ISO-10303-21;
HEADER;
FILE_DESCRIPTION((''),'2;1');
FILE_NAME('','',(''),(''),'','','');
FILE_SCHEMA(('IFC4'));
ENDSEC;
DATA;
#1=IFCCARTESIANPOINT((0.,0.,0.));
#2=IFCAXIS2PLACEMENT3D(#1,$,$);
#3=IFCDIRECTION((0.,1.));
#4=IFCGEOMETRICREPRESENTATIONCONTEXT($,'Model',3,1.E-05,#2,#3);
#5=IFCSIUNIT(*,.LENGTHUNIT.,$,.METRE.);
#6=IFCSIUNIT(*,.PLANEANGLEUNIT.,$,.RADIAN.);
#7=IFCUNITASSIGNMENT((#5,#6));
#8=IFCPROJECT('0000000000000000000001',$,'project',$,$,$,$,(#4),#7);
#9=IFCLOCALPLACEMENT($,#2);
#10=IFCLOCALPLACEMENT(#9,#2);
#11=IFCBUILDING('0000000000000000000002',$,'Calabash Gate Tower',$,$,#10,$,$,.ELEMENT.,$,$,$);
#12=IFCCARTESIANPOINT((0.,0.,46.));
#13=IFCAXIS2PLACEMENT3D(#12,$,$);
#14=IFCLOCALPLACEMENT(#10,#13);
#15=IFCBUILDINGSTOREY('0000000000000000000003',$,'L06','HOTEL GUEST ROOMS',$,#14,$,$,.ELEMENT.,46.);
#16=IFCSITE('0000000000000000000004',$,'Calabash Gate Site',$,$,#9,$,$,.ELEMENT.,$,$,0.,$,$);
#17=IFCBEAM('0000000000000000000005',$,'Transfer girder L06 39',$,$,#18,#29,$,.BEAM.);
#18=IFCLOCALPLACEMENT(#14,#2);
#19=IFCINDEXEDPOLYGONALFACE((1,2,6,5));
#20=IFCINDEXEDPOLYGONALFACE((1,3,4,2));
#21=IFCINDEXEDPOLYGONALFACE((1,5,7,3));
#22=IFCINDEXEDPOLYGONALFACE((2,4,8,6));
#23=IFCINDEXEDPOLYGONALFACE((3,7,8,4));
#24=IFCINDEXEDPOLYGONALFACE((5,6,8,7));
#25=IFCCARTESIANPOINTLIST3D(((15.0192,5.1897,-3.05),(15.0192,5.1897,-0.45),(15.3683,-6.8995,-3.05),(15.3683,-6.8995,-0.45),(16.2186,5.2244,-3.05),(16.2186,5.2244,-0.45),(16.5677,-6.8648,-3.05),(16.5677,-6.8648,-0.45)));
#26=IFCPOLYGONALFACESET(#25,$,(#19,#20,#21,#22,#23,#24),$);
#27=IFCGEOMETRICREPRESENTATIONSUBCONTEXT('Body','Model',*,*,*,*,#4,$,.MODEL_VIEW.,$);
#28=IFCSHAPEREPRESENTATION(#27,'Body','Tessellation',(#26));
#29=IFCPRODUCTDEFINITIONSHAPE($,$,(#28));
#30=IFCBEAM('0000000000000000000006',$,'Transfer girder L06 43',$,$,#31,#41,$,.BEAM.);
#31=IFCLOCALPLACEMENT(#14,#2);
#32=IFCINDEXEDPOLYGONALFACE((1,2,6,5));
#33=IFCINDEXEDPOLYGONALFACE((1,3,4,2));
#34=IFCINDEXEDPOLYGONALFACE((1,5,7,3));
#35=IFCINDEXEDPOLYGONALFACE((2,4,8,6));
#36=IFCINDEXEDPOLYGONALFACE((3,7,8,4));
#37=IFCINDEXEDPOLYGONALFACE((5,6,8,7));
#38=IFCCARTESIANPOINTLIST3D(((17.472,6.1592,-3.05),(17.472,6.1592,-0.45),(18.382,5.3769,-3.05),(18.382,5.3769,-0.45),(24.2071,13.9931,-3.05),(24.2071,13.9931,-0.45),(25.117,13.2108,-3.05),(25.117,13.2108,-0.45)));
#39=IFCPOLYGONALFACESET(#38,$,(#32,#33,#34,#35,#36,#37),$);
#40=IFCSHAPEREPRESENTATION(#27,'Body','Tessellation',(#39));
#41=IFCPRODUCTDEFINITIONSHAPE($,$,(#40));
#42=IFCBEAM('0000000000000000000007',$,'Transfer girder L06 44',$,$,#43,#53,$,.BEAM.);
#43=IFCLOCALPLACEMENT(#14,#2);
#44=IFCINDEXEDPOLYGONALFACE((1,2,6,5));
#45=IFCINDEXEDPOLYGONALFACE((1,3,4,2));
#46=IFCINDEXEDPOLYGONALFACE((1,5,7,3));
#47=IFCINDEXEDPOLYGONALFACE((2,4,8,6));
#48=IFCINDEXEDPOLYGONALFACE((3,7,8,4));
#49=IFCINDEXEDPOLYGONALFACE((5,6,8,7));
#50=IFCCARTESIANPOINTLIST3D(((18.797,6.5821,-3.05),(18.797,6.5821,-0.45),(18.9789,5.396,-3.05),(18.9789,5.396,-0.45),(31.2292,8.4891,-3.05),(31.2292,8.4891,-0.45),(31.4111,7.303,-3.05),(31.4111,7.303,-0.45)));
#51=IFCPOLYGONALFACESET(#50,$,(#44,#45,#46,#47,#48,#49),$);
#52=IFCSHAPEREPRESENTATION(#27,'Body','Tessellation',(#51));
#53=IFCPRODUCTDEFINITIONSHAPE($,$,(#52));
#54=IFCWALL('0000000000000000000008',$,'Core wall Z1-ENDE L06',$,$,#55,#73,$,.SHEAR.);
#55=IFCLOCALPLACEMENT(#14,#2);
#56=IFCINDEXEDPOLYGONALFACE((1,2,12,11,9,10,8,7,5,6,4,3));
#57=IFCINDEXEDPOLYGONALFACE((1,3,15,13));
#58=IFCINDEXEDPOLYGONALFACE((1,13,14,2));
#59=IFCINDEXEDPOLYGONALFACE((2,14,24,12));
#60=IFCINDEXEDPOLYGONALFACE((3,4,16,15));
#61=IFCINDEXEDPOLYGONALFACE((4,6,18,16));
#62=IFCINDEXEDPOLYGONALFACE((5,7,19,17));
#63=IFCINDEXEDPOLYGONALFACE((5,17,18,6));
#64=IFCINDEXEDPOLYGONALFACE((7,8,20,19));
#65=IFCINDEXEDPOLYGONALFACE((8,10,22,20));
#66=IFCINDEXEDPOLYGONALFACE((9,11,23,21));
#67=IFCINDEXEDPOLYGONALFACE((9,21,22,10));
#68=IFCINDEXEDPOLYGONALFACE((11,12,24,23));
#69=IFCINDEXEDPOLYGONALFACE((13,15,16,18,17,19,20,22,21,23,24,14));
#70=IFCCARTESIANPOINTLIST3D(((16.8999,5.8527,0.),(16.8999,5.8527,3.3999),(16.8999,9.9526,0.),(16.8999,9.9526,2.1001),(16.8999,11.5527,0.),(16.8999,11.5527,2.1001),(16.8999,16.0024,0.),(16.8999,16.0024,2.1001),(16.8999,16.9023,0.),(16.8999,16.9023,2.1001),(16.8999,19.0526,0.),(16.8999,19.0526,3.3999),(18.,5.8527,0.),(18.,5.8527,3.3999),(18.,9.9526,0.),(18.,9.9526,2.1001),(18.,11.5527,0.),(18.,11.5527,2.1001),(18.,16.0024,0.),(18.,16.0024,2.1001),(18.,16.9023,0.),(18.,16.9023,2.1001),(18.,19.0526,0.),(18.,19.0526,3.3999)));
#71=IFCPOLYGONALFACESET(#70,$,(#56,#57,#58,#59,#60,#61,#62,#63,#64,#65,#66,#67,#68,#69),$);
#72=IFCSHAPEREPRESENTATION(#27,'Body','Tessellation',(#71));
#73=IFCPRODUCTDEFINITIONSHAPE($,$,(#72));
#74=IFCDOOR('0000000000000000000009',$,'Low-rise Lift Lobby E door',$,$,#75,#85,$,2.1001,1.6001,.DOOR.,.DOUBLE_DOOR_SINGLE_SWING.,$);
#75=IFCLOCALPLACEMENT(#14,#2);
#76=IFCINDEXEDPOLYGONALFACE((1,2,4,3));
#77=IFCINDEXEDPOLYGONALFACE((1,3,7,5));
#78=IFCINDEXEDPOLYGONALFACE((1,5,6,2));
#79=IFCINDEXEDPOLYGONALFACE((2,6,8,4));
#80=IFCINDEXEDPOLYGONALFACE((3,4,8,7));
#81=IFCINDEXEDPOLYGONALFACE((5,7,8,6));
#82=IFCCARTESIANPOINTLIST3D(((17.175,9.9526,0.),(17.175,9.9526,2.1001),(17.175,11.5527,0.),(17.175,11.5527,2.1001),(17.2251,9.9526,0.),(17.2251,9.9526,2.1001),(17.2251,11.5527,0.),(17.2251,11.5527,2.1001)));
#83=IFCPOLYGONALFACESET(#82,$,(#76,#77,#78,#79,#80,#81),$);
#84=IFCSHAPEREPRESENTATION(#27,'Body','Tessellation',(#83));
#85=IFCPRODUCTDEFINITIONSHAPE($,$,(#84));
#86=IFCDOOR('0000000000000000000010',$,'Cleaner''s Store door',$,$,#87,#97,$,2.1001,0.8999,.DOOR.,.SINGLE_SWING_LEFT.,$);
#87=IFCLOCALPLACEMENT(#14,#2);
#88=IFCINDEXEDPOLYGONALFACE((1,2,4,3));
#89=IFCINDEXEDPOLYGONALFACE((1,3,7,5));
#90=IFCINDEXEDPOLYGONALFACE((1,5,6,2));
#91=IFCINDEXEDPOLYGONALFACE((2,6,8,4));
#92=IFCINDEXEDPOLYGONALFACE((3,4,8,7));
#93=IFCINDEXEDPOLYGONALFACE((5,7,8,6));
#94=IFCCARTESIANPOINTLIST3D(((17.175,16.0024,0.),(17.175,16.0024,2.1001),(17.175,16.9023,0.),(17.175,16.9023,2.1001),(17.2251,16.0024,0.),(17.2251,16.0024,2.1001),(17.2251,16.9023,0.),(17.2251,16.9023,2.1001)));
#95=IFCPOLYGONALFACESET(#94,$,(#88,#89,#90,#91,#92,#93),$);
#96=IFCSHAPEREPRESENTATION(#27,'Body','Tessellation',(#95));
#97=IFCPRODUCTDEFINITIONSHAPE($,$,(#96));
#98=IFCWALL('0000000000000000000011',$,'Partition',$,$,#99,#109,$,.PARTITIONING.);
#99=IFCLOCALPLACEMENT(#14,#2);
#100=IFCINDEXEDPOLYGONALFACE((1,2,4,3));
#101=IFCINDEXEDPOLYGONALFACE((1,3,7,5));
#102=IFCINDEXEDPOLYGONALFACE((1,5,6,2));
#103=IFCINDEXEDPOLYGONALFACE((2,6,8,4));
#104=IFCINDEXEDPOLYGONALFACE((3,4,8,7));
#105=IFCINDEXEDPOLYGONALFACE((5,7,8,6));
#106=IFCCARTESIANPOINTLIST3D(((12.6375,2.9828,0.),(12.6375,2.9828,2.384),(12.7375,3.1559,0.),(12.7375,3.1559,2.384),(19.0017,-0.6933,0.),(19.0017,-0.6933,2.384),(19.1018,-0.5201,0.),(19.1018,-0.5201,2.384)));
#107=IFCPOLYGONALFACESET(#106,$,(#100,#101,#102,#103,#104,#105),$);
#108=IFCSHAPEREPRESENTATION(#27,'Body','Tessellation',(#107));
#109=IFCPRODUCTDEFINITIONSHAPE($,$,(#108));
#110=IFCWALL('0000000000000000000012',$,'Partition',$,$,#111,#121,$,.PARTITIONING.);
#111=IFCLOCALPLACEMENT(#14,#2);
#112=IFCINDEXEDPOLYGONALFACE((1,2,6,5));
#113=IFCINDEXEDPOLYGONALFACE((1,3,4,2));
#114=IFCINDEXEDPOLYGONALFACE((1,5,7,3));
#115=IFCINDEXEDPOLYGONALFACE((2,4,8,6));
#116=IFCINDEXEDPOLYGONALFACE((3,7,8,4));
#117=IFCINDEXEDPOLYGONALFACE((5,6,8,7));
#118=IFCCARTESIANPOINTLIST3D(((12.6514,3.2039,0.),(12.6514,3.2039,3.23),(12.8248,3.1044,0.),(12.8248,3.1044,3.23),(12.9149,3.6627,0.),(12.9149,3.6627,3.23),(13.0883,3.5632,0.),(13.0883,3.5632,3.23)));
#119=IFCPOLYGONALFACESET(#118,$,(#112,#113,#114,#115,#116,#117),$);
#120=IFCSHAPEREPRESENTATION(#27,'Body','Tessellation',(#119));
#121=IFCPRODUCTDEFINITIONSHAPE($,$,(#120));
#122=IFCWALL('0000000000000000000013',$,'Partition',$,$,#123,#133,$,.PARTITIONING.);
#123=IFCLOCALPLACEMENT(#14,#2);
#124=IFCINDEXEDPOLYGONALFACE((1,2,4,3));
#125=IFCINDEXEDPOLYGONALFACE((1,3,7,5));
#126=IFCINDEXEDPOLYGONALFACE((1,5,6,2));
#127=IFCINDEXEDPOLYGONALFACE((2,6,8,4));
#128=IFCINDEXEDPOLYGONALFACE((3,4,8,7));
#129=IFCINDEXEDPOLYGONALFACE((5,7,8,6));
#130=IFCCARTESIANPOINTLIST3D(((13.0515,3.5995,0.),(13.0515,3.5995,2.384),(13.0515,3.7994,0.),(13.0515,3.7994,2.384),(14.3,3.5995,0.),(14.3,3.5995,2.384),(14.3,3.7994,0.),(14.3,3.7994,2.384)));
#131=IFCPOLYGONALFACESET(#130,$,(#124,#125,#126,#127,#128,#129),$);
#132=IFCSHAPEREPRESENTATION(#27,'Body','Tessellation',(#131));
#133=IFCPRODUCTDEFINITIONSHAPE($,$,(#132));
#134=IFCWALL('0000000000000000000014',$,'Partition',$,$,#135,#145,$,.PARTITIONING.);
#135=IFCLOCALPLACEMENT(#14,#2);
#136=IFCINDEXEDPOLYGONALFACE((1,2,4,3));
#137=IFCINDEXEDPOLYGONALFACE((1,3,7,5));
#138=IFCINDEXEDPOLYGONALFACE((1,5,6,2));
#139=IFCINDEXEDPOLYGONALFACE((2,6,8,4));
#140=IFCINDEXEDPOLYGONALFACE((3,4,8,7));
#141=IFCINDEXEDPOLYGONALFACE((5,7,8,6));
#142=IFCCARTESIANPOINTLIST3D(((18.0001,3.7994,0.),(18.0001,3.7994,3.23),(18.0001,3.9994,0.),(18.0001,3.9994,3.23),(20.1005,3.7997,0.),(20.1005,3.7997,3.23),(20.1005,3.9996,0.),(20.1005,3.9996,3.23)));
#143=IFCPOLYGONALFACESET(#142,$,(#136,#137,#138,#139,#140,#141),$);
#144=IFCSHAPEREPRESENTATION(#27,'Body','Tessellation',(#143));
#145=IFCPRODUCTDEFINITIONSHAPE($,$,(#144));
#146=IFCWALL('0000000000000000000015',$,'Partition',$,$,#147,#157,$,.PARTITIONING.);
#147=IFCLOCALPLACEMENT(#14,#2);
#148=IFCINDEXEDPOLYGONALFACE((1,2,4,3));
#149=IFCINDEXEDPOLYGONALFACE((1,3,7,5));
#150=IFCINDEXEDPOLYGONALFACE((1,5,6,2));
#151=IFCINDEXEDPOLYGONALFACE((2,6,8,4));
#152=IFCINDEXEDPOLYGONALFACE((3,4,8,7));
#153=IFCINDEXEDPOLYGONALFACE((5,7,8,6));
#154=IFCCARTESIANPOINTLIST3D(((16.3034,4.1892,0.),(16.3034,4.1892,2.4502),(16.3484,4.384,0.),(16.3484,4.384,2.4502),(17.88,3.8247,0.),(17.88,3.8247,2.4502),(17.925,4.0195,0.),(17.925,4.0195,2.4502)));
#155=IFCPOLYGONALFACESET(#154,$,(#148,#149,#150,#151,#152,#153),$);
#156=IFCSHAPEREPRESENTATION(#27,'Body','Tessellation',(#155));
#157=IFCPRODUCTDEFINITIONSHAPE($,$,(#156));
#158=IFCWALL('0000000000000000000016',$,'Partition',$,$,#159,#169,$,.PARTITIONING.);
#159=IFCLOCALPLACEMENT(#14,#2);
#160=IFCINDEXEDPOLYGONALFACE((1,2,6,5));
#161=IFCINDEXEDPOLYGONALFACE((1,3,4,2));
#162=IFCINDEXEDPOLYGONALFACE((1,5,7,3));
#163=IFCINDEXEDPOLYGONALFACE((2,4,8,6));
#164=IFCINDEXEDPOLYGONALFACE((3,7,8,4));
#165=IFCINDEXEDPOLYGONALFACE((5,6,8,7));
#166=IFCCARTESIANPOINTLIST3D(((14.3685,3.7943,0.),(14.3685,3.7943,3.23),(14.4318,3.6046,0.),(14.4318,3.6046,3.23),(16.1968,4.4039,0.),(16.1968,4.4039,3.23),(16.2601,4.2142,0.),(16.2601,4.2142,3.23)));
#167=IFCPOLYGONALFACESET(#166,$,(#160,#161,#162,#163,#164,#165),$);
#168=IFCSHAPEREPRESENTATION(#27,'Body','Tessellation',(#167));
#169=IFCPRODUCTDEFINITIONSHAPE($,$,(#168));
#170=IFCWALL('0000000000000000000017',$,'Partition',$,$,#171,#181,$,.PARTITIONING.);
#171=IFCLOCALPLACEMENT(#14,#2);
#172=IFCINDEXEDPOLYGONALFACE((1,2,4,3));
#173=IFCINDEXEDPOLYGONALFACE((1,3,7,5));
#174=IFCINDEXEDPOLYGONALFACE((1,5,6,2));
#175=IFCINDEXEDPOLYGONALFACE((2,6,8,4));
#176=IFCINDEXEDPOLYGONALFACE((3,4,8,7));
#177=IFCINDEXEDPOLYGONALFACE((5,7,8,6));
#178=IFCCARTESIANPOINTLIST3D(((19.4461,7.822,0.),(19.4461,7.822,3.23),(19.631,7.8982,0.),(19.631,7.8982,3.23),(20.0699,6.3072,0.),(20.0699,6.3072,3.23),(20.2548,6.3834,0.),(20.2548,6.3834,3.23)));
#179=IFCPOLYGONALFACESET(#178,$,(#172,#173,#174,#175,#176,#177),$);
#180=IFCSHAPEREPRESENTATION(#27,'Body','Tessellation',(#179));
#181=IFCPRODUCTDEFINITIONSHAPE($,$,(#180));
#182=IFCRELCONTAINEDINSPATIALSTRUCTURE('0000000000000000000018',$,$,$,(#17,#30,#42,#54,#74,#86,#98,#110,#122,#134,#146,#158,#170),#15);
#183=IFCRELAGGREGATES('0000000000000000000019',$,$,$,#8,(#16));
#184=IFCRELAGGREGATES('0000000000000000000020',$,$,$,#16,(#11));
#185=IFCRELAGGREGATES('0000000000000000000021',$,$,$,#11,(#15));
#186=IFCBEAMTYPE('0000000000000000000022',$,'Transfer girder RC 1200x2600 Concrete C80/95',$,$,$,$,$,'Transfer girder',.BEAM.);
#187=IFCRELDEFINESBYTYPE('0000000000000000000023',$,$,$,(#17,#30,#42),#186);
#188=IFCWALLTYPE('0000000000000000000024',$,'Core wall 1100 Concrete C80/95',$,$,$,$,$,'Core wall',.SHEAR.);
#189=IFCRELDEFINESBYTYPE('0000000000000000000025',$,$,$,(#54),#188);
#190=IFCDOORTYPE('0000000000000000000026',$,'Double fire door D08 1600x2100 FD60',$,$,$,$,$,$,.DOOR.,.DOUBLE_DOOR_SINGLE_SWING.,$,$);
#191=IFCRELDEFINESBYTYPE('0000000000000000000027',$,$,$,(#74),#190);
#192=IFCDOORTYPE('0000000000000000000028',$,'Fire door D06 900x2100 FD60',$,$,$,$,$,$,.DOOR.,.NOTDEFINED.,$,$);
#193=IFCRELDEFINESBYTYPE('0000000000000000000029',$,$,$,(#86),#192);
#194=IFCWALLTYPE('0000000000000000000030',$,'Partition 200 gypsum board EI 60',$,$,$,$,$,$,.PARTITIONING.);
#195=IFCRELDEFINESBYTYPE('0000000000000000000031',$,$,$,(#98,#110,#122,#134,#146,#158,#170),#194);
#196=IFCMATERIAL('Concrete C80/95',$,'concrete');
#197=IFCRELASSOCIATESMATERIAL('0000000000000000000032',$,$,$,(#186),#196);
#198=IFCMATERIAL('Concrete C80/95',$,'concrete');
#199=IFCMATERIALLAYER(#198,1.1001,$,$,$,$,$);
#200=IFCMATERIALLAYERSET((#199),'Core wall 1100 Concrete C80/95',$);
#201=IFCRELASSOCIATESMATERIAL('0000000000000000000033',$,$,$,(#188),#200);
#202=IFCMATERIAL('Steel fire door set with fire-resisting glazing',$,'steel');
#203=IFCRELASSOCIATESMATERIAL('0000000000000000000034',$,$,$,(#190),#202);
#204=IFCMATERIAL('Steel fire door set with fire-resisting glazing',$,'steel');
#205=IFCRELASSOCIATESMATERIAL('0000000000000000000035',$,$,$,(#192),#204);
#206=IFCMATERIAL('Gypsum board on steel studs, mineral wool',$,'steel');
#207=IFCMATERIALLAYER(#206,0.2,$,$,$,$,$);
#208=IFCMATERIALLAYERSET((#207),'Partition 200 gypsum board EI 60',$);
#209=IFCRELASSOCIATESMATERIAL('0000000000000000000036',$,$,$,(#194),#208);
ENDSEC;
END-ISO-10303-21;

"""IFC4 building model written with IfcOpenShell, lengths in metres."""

from ifc_helpers import new_model, si_unit, direction, frame, frame_2d, origin, origin_2d, place, context, subcontext, project, spatial, rectangle, extrude, material, layer, layer_set, material_profile, profile_set, type_object, element, fill, save


model = new_model("IFC4")

# Units and contexts
model_context = context("Model", 3, precision=1e-05, world=origin(), true_north=direction((0.0, 1.0)))
body_context = subcontext(model_context, "Body", "Model", "MODEL_VIEW")
ifc_project = project(units=[si_unit("LENGTHUNIT", "METRE"), si_unit("PLANEANGLEUNIT", "RADIAN")], contexts=[model_context])

# Site, building, storey
site_placement = place(None, origin())
site = spatial("IfcSite", under=ifc_project, at=site_placement, Name="Calabash Gate Site", CompositionType="ELEMENT", RefElevation=0.0)
building_placement = place(site_placement, origin())
building = spatial("IfcBuilding", under=site, at=building_placement, Name="Calabash Gate Tower", CompositionType="ELEMENT")
storey_placement = place(building_placement, frame((0.0, 0.0, 46.0)))
storey = spatial("IfcBuildingStorey", under=building, at=storey_placement, Name="L06", Description="HOTEL GUEST ROOMS", CompositionType="ELEMENT", Elevation=46.0)

# Beams
ifc_material_1 = material(Name="Concrete C80/95", Category="concrete")
ifc_material_profile = material_profile(ifc_material_1, rectangle(XDim=1.2, YDim=2.6001, at=origin_2d()))
ifc_profile_set = profile_set([ifc_material_profile], Name="Concrete C80/95")
beam_type = type_object("IfcBeamType", Name="Transfer girder RC 1200x2600 Concrete C80/95", ElementType="Transfer girder", PredefinedType="BEAM", material=ifc_profile_set)
beam_1_placement = place(storey_placement, frame((15.6189, 5.207, -1.75), z_axis=(0.028867, -0.999583, 0.0), x_axis=(0.999583, 0.028867, 0.0)))
element("IfcBeam", 1, at=beam_1_placement, inside=storey, type_object=beam_type, Name="Transfer girder L06 39", PredefinedType="BEAM", context=body_context, shape_type="SweptSolid", body=[
    extrude(rectangle(XDim=1.2, YDim=2.6001, at=origin_2d()), origin(), (0.0, 0.0, 1.0), 12.0942),
])
beam_2_placement = place(storey_placement, frame((17.927, 5.7681, -1.75), z_axis=(0.651921, 0.758287, 0.0), x_axis=(-0.758287, 0.651921, 0.0)))
element("IfcBeam", 2, at=beam_2_placement, inside=storey, type_object=beam_type, Name="Transfer girder L06 43", PredefinedType="BEAM", context=body_context, shape_type="SweptSolid", body=[
    extrude(rectangle(XDim=1.2, YDim=2.6001, at=origin_2d()), origin(), (0.0, 0.0, 1.0), 10.3311),
])
beam_3_placement = place(storey_placement, frame((18.8879, 5.989, -1.75), z_axis=(0.988439, 0.151618, 0.0), x_axis=(-0.151618, 0.988439, 0.0)))
element("IfcBeam", 3, at=beam_3_placement, inside=storey, type_object=beam_type, Name="Transfer girder L06 44", PredefinedType="BEAM", context=body_context, shape_type="SweptSolid", body=[
    extrude(rectangle(XDim=1.2, YDim=2.6001, at=origin_2d()), origin(), (0.0, 0.0, 1.0), 12.5776),
])

# Wall, openings, doors
ifc_material_2 = material(Name="Concrete C80/95", Category="concrete")
ifc_layer_1 = layer(ifc_material_2, 1.1001)
ifc_layer_set_1 = layer_set([ifc_layer_1], Name="Core wall 1100 Concrete C80/95")
wall_type_1 = type_object("IfcWallType", Name="Core wall 1100 Concrete C80/95", ElementType="Core wall", PredefinedType="SHEAR", material=ifc_layer_set_1)
wall_1_placement = place(storey_placement, frame((17.45, 5.8525, 0.0), z_axis=(0.0, 0.0, 1.0), x_axis=(0.0, 1.0, 0.0)))
wall_1 = element("IfcWall", 4, at=wall_1_placement, inside=storey, type_object=wall_type_1, Name="Core wall Z1-ENDE L06", PredefinedType="SHEAR", context=body_context, shape_type="SweptSolid", body=[
    extrude(rectangle(XDim=13.2, YDim=1.1001, at=frame_2d((6.6001, 0.0))), origin(), (0.0, 0.0, 1.0), 3.3999),
])
opening_1_placement = place(wall_1_placement, frame((4.1001, 0.0, 0.0)))
opening_1 = element("IfcOpeningElement", 5, at=opening_1_placement, cuts=wall_1, PredefinedType="OPENING", context=body_context, shape_type="SweptSolid", body=[
    extrude(rectangle(XDim=1.6001, YDim=2.1001, at=frame_2d((0.8, 1.05))), frame((0.0, 0.5601, 0.0), z_axis=(0.0, -1.0, 0.0), x_axis=(1.0, 0.0, 0.0)), (0.0, 0.0, 1.0), 1.1201),
])
opening_2_placement = place(wall_1_placement, frame((10.1499, 0.0, 0.0)))
opening_2 = element("IfcOpeningElement", 6, at=opening_2_placement, cuts=wall_1, PredefinedType="OPENING", context=body_context, shape_type="SweptSolid", body=[
    extrude(rectangle(XDim=0.8999, YDim=2.1001, at=frame_2d((0.45, 1.05))), frame((0.0, 0.5601, 0.0), z_axis=(0.0, -1.0, 0.0), x_axis=(1.0, 0.0, 0.0)), (0.0, 0.0, 1.0), 1.1201),
])
ifc_material_3 = material(Name="Steel fire door set with fire-resisting glazing", Category="steel")
door_type_1 = type_object("IfcDoorType", Name="Double fire door D08 1600x2100 FD60", OperationType="DOUBLE_DOOR_SINGLE_SWING", PredefinedType="DOOR", material=ifc_material_3)
door_1_placement = place(opening_1_placement, origin())
door_1 = element("IfcDoor", 7, at=door_1_placement, inside=storey, type_object=door_type_1, Name="Low-rise Lift Lobby E door", OperationType="DOUBLE_DOOR_SINGLE_SWING", OverallHeight=2.1001, OverallWidth=1.6001, PredefinedType="DOOR", context=body_context, shape_type="SweptSolid", body=[
    extrude(rectangle(XDim=1.6001, YDim=2.1001, at=frame_2d((0.8, 1.05))), frame((0.0, 0.2749, 0.0), z_axis=(0.0, -1.0, 0.0), x_axis=(1.0, 0.0, 0.0)), (0.0, 0.0, 1.0), 0.05),
])
fill(opening_1, door_1)
ifc_material_4 = material(Name="Steel fire door set with fire-resisting glazing", Category="steel")
door_type_2 = type_object("IfcDoorType", Name="Fire door D06 900x2100 FD60", OperationType="NOTDEFINED", PredefinedType="DOOR", material=ifc_material_4)
door_2_placement = place(opening_2_placement, origin())
door_2 = element("IfcDoor", 8, at=door_2_placement, inside=storey, type_object=door_type_2, Name="Cleaner's Store door", OperationType="SINGLE_SWING_LEFT", OverallHeight=2.1001, OverallWidth=0.8999, PredefinedType="DOOR", context=body_context, shape_type="SweptSolid", body=[
    extrude(rectangle(XDim=0.8999, YDim=2.1001, at=frame_2d((0.45, 1.05))), frame((0.0, 0.2749, 0.0), z_axis=(0.0, -1.0, 0.0), x_axis=(1.0, 0.0, 0.0)), (0.0, 0.0, 1.0), 0.05),
])
fill(opening_2, door_2)

# Walls
ifc_material_5 = material(Name="Gypsum board on steel studs, mineral wool", Category="steel")
ifc_layer_2 = layer(ifc_material_5, 0.2)
ifc_layer_set_2 = layer_set([ifc_layer_2], Name="Partition 200 gypsum board EI 60")
wall_type_2 = type_object("IfcWallType", Name="Partition 200 gypsum board EI 60", PredefinedType="PARTITIONING", material=ifc_layer_set_2)
wall_2_placement = place(storey_placement, frame((12.6875, 3.0693, 0.0), z_axis=(0.0, 0.0, 1.0), x_axis=(0.86593, -0.500165, 0.0)))
element("IfcWall", 9, at=wall_2_placement, inside=storey, type_object=wall_type_2, Name="Partition", PredefinedType="PARTITIONING", context=body_context, shape_type="SweptSolid", body=[
    extrude(rectangle(XDim=7.3496, YDim=0.2, at=frame_2d((3.6748, 0.0))), origin(), (0.0, 0.0, 1.0), 2.384),
])
wall_3_placement = place(storey_placement, frame((12.738, 3.1541, 0.0), z_axis=(0.0, 0.0, 1.0), x_axis=(0.497977, 0.86719, 0.0)))
element("IfcWall", 10, at=wall_3_placement, inside=storey, type_object=wall_type_2, Name="Partition", PredefinedType="PARTITIONING", context=body_context, shape_type="SweptSolid", body=[
    extrude(rectangle(XDim=0.5291, YDim=0.2, at=frame_2d((0.2646, 0.0))), origin(), (0.0, 0.0, 1.0), 3.23),
])
wall_4_placement = place(storey_placement, frame((13.0515, 3.6995, 0.0), z_axis=(0.0, 0.0, 1.0), x_axis=(1.0, 0.0, 0.0)))
element("IfcWall", 11, at=wall_4_placement, inside=storey, type_object=wall_type_2, Name="Partition", PredefinedType="PARTITIONING", context=body_context, shape_type="SweptSolid", body=[
    extrude(rectangle(XDim=1.2485, YDim=0.2, at=frame_2d((0.6243, 0.0))), origin(), (0.0, 0.0, 1.0), 2.384),
])
wall_5_placement = place(storey_placement, frame((18.0, 3.8994, 0.0), z_axis=(0.0, 0.0, 1.0), x_axis=(1.0, 0.000116, 0.0)))
element("IfcWall", 12, at=wall_5_placement, inside=storey, type_object=wall_type_2, Name="Partition", PredefinedType="PARTITIONING", context=body_context, shape_type="SweptSolid", body=[
    extrude(rectangle(XDim=2.1003, YDim=0.2, at=frame_2d((1.0503, 0.0))), origin(), (0.0, 0.0, 1.0), 3.23),
])
wall_6_placement = place(storey_placement, frame((16.3259, 4.2866, 0.0), z_axis=(0.0, 0.0, 1.0), x_axis=(0.974302, -0.225245, 0.0)))
element("IfcWall", 13, at=wall_6_placement, inside=storey, type_object=wall_type_2, Name="Partition", PredefinedType="PARTITIONING", context=body_context, shape_type="SweptSolid", body=[
    extrude(rectangle(XDim=1.6182, YDim=0.2, at=frame_2d((0.8091, 0.0))), origin(), (0.0, 0.0, 1.0), 2.4502),
])
wall_7_placement = place(storey_placement, frame((14.4001, 3.6995, 0.0), z_axis=(0.0, 0.0, 1.0), x_axis=(0.948658, 0.316304, 0.0)))
element("IfcWall", 14, at=wall_7_placement, inside=storey, type_object=wall_type_2, Name="Partition", PredefinedType="PARTITIONING", context=body_context, shape_type="SweptSolid", body=[
    extrude(rectangle(XDim=1.9272, YDim=0.2, at=frame_2d((0.9636, 0.0))), origin(), (0.0, 0.0, 1.0), 3.23),
])
wall_8_placement = place(storey_placement, frame((19.5386, 7.8601, 0.0), z_axis=(0.0, 0.0, 1.0), x_axis=(0.38075, -0.924678, 0.0)))
element("IfcWall", 15, at=wall_8_placement, inside=storey, type_object=wall_type_2, Name="Partition", PredefinedType="PARTITIONING", context=body_context, shape_type="SweptSolid", body=[
    extrude(rectangle(XDim=1.6382, YDim=0.2, at=frame_2d((0.8191, 0.0))), origin(), (0.0, 0.0, 1.0), 3.23),
])

save(model, "model.ifc")
